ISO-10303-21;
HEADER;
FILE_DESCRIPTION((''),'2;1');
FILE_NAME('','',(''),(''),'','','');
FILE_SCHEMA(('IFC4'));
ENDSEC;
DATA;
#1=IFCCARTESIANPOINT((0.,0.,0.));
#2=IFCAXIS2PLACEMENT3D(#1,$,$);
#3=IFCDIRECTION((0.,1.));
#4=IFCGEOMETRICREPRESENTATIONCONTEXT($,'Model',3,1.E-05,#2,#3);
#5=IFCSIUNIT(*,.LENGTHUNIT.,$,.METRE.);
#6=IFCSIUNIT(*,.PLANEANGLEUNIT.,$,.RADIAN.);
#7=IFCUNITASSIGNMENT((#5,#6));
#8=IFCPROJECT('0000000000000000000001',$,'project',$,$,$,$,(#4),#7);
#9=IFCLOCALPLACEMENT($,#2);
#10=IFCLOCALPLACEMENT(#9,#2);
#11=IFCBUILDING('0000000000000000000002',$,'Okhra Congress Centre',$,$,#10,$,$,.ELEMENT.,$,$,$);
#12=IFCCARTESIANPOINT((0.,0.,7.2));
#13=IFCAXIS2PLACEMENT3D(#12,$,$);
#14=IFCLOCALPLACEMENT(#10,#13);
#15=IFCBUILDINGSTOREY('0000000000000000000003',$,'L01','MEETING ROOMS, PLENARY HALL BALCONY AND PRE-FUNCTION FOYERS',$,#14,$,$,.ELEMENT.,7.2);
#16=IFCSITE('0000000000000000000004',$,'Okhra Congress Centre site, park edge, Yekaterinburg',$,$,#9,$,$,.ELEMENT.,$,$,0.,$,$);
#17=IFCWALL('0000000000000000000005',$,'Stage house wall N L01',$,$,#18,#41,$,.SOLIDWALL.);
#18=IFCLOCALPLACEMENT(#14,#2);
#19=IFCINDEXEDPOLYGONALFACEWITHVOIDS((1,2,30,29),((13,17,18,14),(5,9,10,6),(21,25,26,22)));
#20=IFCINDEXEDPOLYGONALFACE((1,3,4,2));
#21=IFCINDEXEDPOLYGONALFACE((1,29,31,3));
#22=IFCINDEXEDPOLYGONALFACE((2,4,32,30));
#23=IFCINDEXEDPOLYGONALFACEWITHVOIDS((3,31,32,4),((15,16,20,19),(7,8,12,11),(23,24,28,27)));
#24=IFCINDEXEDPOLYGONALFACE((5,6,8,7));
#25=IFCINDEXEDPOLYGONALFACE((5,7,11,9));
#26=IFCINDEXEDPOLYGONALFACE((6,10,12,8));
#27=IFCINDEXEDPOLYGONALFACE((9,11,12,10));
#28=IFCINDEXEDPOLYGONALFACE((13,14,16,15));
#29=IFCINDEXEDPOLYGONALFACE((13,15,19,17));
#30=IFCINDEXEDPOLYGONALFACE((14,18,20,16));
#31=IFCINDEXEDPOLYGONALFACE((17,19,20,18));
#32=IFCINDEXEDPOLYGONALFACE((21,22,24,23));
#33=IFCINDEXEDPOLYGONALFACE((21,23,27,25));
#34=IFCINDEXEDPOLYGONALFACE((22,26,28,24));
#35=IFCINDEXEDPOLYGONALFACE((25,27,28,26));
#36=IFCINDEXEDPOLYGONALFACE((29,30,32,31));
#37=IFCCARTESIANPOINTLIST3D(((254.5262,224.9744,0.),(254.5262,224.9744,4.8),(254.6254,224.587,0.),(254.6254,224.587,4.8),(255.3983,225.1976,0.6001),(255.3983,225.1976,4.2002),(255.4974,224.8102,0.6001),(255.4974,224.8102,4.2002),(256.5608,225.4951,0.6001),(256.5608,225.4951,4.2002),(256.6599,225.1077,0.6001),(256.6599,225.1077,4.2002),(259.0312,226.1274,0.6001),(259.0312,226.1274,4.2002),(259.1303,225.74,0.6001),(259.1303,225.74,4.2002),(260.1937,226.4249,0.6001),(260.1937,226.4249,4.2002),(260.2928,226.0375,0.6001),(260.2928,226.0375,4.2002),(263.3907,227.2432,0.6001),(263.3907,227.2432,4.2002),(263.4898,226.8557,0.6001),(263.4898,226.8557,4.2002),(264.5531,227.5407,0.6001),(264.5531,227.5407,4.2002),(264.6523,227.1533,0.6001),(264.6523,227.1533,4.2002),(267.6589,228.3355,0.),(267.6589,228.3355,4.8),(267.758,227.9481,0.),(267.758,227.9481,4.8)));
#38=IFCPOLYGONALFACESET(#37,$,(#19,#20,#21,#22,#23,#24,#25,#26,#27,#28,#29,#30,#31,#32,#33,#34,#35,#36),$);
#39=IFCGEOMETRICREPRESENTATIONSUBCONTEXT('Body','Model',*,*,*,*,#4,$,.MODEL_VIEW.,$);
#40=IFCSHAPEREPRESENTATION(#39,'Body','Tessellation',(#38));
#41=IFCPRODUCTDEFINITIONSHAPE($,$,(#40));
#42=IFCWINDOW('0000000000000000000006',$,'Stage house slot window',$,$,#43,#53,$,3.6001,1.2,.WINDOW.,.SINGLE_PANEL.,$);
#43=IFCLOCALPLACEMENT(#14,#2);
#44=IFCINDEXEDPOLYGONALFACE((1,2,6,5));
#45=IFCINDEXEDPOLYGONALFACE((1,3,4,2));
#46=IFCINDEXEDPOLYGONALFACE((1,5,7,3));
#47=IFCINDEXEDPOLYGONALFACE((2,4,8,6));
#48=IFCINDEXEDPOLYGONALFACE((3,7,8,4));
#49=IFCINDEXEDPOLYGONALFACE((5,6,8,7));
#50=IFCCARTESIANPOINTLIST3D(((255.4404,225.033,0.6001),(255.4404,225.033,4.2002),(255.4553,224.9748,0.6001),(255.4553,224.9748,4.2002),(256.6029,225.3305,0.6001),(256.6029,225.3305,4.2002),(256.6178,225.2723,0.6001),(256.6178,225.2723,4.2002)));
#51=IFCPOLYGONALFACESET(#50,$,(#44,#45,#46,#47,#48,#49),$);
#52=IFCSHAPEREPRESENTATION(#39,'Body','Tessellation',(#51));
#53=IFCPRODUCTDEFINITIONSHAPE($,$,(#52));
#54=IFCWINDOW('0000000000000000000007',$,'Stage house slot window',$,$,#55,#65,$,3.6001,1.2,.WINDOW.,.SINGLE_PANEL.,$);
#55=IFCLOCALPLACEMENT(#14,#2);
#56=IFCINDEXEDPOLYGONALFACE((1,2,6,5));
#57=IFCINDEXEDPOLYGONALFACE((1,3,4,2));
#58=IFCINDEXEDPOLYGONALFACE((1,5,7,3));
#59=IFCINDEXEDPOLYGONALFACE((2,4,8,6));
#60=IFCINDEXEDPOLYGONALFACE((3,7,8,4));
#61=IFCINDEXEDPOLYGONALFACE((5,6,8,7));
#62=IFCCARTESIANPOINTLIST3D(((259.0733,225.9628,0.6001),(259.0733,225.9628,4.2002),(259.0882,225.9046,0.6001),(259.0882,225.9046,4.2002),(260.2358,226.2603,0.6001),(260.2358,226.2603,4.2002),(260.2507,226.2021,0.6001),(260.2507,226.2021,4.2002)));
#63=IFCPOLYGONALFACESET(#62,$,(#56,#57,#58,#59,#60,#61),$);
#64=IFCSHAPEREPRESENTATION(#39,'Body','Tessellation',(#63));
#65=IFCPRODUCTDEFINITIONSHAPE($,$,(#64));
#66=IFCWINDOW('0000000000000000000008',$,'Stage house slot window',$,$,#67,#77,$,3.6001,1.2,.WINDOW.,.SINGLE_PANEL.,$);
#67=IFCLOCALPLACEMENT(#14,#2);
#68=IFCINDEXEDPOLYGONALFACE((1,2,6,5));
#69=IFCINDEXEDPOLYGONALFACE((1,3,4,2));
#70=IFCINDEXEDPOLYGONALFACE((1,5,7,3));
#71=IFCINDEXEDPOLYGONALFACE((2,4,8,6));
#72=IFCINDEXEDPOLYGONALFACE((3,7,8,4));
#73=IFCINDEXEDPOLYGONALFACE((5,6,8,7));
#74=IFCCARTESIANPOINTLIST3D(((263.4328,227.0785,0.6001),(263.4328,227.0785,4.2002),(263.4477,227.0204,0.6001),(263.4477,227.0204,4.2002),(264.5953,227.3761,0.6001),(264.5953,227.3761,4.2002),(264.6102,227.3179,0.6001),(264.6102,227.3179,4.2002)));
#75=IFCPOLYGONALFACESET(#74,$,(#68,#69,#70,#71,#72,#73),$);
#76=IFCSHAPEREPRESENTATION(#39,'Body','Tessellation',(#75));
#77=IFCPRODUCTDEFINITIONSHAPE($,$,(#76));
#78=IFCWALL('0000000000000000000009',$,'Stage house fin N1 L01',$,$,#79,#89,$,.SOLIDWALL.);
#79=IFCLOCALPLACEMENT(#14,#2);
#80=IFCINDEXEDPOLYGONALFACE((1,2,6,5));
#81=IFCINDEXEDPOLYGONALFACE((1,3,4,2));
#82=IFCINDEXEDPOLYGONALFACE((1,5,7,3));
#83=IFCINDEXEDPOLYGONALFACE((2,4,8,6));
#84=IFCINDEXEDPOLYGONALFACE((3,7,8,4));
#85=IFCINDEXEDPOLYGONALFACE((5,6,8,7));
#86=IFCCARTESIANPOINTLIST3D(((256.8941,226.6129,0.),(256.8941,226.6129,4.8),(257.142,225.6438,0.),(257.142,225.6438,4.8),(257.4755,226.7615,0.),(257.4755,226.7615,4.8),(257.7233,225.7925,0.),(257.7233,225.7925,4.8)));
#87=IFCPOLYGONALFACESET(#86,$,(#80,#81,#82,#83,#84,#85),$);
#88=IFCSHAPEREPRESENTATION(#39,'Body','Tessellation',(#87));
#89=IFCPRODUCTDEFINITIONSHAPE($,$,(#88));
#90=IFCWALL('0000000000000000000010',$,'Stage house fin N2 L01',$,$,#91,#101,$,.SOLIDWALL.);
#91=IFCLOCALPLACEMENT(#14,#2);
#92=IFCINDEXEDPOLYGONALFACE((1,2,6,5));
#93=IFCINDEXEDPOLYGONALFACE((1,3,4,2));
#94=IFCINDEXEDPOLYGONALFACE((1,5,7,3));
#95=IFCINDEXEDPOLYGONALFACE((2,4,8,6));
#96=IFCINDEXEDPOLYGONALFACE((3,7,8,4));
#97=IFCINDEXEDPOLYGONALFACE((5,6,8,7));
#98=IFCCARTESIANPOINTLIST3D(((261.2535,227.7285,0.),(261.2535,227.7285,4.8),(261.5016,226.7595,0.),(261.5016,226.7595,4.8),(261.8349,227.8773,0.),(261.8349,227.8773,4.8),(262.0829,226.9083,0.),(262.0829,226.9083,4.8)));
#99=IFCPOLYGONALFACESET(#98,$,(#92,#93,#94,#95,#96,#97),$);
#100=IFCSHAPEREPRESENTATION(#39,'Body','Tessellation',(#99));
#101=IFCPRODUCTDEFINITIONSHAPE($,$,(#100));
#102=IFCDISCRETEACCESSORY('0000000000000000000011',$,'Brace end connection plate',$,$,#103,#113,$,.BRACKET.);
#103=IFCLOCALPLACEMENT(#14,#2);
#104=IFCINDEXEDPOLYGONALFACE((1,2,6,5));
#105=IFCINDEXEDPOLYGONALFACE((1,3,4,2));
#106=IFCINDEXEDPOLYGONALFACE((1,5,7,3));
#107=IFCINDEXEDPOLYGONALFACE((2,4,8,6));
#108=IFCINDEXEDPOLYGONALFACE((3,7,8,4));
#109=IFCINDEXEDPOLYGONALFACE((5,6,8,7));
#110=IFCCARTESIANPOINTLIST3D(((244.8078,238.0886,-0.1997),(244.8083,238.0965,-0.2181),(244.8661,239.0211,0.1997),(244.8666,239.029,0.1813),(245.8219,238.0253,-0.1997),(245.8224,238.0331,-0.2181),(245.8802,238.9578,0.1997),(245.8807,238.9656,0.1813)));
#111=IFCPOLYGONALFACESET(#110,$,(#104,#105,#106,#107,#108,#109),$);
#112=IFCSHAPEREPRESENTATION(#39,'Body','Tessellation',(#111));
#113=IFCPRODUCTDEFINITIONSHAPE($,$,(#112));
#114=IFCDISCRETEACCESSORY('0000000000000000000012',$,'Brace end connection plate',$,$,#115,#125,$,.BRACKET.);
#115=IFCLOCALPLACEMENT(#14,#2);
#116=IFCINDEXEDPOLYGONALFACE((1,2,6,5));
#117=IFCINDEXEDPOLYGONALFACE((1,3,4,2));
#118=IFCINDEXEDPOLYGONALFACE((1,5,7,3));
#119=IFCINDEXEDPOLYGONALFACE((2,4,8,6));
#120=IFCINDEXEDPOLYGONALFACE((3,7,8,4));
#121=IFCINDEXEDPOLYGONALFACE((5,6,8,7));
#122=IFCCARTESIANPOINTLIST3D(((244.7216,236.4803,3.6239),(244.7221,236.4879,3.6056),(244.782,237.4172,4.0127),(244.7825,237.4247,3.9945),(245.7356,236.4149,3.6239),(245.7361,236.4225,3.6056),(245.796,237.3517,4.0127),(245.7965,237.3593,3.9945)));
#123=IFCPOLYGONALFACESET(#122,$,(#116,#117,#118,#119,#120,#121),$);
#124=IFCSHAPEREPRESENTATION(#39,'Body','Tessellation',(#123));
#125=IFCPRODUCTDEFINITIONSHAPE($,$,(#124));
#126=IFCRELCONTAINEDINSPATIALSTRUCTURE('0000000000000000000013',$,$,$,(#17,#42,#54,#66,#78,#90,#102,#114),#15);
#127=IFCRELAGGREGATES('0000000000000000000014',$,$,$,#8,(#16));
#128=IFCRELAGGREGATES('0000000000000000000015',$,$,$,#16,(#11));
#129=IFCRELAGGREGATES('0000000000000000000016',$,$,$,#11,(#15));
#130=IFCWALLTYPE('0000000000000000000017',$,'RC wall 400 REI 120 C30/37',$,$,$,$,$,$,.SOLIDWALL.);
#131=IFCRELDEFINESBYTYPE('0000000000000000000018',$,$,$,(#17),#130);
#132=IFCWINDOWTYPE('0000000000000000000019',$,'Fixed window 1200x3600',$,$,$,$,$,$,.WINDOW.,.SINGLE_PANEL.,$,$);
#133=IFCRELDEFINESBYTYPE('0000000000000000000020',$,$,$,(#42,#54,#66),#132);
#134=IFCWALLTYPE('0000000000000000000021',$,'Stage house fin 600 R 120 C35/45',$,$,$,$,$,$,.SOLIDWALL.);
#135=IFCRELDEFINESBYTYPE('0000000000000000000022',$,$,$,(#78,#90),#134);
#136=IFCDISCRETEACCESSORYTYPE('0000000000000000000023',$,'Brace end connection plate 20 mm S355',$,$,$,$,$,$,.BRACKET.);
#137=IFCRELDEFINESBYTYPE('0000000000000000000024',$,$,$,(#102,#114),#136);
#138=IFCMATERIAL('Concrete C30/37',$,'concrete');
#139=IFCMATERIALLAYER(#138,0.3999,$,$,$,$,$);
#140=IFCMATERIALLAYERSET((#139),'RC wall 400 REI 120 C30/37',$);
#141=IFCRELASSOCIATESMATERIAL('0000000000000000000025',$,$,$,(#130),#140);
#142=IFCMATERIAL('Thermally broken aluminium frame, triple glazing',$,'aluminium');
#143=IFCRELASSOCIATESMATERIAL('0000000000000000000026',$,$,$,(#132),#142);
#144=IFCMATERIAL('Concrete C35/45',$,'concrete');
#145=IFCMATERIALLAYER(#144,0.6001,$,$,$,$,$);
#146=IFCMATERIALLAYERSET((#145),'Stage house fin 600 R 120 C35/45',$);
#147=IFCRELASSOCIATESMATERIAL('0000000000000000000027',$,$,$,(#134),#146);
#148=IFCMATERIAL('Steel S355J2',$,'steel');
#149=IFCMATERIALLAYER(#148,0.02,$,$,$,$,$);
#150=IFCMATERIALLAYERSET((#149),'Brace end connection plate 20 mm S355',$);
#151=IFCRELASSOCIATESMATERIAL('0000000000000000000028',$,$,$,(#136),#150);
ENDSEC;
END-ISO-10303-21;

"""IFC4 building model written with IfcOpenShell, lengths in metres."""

from ifc_helpers import new_model, si_unit, direction, frame, frame_2d, origin, origin_2d, place, context, subcontext, project, spatial, rectangle, extrude, material, layer, layer_set, type_object, element, fill, save


model = new_model("IFC4")

# Units and contexts
model_context = context("Model", 3, precision=1e-05, world=origin(), true_north=direction((0.0, 1.0)))
body_context = subcontext(model_context, "Body", "Model", "MODEL_VIEW")
ifc_project = project(units=[si_unit("LENGTHUNIT", "METRE"), si_unit("PLANEANGLEUNIT", "RADIAN")], contexts=[model_context])

# Site, building, storey
site_placement = place(None, origin())
site = spatial("IfcSite", under=ifc_project, at=site_placement, Name="Okhra Congress Centre site, park edge, Yekaterinburg", CompositionType="ELEMENT", RefElevation=0.0)
building_placement = place(site_placement, origin())
building = spatial("IfcBuilding", under=site, at=building_placement, Name="Okhra Congress Centre", CompositionType="ELEMENT")
storey_placement = place(building_placement, frame((0.0, 0.0, 7.2)))
storey = spatial("IfcBuildingStorey", under=building, at=storey_placement, Name="L01", Description="MEETING ROOMS, PLENARY HALL BALCONY AND PRE-FUNCTION FOYERS", CompositionType="ELEMENT", Elevation=7.2)

# Shared definitions
ifc_material_1 = material(Name="Concrete C35/45", Category="concrete")

# Wall, openings, windows
ifc_material_2 = material(Name="Concrete C30/37", Category="concrete")
ifc_layer_1 = layer(ifc_material_2, 0.3999)
ifc_layer_set_1 = layer_set([ifc_layer_1], Name="RC wall 400 REI 120 C30/37")
wall_type_1 = type_object("IfcWallType", Name="RC wall 400 REI 120 C30/37", PredefinedType="SOLIDWALL", material=ifc_layer_set_1)
wall_placement = place(storey_placement, frame((254.5759, 224.7808, 0.0), z_axis=(0.0, 0.0, 1.0), x_axis=(0.968775, 0.247943, 0.0)))
wall = element("IfcWall", 1, at=wall_placement, inside=storey, type_object=wall_type_1, Name="Stage house wall N L01", PredefinedType="SOLIDWALL", context=body_context, shape_type="SweptSolid", body=[
    extrude(rectangle(XDim=13.5559, YDim=0.3999, at=frame_2d((6.7778, 0.0))), origin(), (0.0, 0.0, 1.0), 4.8),
])
opening_1_placement = place(wall_placement, frame((0.8999, 0.0, 0.6001)))
opening_1 = element("IfcOpeningElement", 2, at=opening_1_placement, cuts=wall, PredefinedType="OPENING", context=body_context, shape_type="SweptSolid", body=[
    extrude(rectangle(XDim=1.2, YDim=3.6001, at=frame_2d((0.6001, 1.8))), frame((0.0, 0.21, 0.0), z_axis=(0.0, -1.0, 0.0), x_axis=(1.0, 0.0, 0.0)), (0.0, 0.0, 1.0), 0.4199),
])
opening_2_placement = place(wall_placement, frame((4.6499, 0.0, 0.6001)))
opening_2 = element("IfcOpeningElement", 3, at=opening_2_placement, cuts=wall, PredefinedType="OPENING", context=body_context, shape_type="SweptSolid", body=[
    extrude(rectangle(XDim=1.2, YDim=3.6001, at=frame_2d((0.6001, 1.8))), frame((0.0, 0.21, 0.0), z_axis=(0.0, -1.0, 0.0), x_axis=(1.0, 0.0, 0.0)), (0.0, 0.0, 1.0), 0.4199),
])
opening_3_placement = place(wall_placement, frame((9.1499, 0.0, 0.6001)))
opening_3 = element("IfcOpeningElement", 4, at=opening_3_placement, cuts=wall, PredefinedType="OPENING", context=body_context, shape_type="SweptSolid", body=[
    extrude(rectangle(XDim=1.2, YDim=3.6001, at=frame_2d((0.6001, 1.8))), frame((0.0, 0.21, 0.0), z_axis=(0.0, -1.0, 0.0), x_axis=(1.0, 0.0, 0.0)), (0.0, 0.0, 1.0), 0.4199),
])
ifc_material_3 = material(Name="Thermally broken aluminium frame, triple glazing", Category="aluminium")
window_type = type_object("IfcWindowType", Name="Fixed window 1200x3600", PartitioningType="SINGLE_PANEL", PredefinedType="WINDOW", material=ifc_material_3)
window_1_placement = place(opening_1_placement, origin())
window_1 = element("IfcWindow", 5, at=window_1_placement, inside=storey, type_object=window_type, Name="Stage house slot window", OverallHeight=3.6001, OverallWidth=1.2, PartitioningType="SINGLE_PANEL", PredefinedType="WINDOW", context=body_context, shape_type="SweptSolid", body=[
    extrude(rectangle(XDim=1.2, YDim=3.6001, at=frame_2d((0.6001, 1.8))), frame((0.0, 0.03, 0.0), z_axis=(0.0, -1.0, 0.0), x_axis=(1.0, 0.0, 0.0)), (0.0, 0.0, 1.0), 0.0601),
])
fill(opening_1, window_1)
window_2_placement = place(opening_2_placement, origin())
window_2 = element("IfcWindow", 6, at=window_2_placement, inside=storey, type_object=window_type, Name="Stage house slot window", OverallHeight=3.6001, OverallWidth=1.2, PartitioningType="SINGLE_PANEL", PredefinedType="WINDOW", context=body_context, shape_type="SweptSolid", body=[
    extrude(rectangle(XDim=1.2, YDim=3.6001, at=frame_2d((0.6001, 1.8))), frame((0.0, 0.03, 0.0), z_axis=(0.0, -1.0, 0.0), x_axis=(1.0, 0.0, 0.0)), (0.0, 0.0, 1.0), 0.0601),
])
fill(opening_2, window_2)
window_3_placement = place(opening_3_placement, origin())
window_3 = element("IfcWindow", 7, at=window_3_placement, inside=storey, type_object=window_type, Name="Stage house slot window", OverallHeight=3.6001, OverallWidth=1.2, PartitioningType="SINGLE_PANEL", PredefinedType="WINDOW", context=body_context, shape_type="SweptSolid", body=[
    extrude(rectangle(XDim=1.2, YDim=3.6001, at=frame_2d((0.6001, 1.8))), frame((0.0, 0.03, 0.0), z_axis=(0.0, -1.0, 0.0), x_axis=(1.0, 0.0, 0.0)), (0.0, 0.0, 1.0), 0.0601),
])
fill(opening_3, window_3)

# Walls
ifc_layer_2 = layer(ifc_material_1, 0.6001)
ifc_layer_set_2 = layer_set([ifc_layer_2], Name="Stage house fin 600 R 120 C35/45")
wall_type_2 = type_object("IfcWallType", Name="Stage house fin 600 R 120 C35/45", PredefinedType="SOLIDWALL", material=ifc_layer_set_2)
for number, where, z_axis, x_axis, name in (
    (8, (257.4326, 225.7183, 0.0), (0.0, 0.0, 1.0), (-0.247759, 0.968822, 0.0), "Stage house fin N1 L01"),
    (9, (261.7922, 226.834, 0.0), (0.0, 0.0, 1.0), (-0.247988, 0.968763, 0.0), "Stage house fin N2 L01"),
):
    element("IfcWall", number, at=place(storey_placement, frame(where, z_axis=z_axis, x_axis=x_axis)), inside=storey, type_object=wall_type_2, Name=name, PredefinedType="SOLIDWALL", context=body_context, shape_type="SweptSolid", body=[
        extrude(rectangle(XDim=1.0002, YDim=0.6001, at=frame_2d((0.5, 0.0))), origin(), (0.0, 0.0, 1.0), 4.8),
    ])

# Discrete accessories
ifc_material_4 = material(Name="Steel S355J2", Category="steel")
ifc_layer_3 = layer(ifc_material_4, 0.02)
ifc_layer_set_3 = layer_set([ifc_layer_3], Name="Brace end connection plate 20 mm S355")
discrete_accessory_type = type_object("IfcDiscreteAccessoryType", Name="Brace end connection plate 20 mm S355", PredefinedType="BRACKET", material=ifc_layer_set_3)
discrete_accessory_1_placement = place(storey_placement, frame((245.344, 238.5232, 0.0), z_axis=(0.02452, 0.392321, -0.919502), x_axis=(-0.998053, 0.062378, 0.0)))
element("IfcDiscreteAccessory", 10, at=discrete_accessory_1_placement, inside=storey, type_object=discrete_accessory_type, Name="Brace end connection plate", PredefinedType="BRACKET", context=body_context, shape_type="SweptSolid", body=[
    extrude(rectangle(XDim=1.0161, YDim=1.0161, at=origin_2d()), origin(), (0.0, 0.0, 1.0), 0.02),
])
discrete_accessory_2_placement = place(storey_placement, frame((245.2593, 236.9236, 3.8), z_axis=(-0.024637, -0.381873, 0.923886), x_axis=(0.997925, -0.064382, 0.0)))
element("IfcDiscreteAccessory", 11, at=discrete_accessory_2_placement, inside=storey, type_object=discrete_accessory_type, Name="Brace end connection plate", PredefinedType="BRACKET", context=body_context, shape_type="SweptSolid", body=[
    extrude(rectangle(XDim=1.0161, YDim=1.0161, at=origin_2d()), origin(), (0.0, 0.0, 1.0), 0.0198),
])

save(model, "model.ifc")
